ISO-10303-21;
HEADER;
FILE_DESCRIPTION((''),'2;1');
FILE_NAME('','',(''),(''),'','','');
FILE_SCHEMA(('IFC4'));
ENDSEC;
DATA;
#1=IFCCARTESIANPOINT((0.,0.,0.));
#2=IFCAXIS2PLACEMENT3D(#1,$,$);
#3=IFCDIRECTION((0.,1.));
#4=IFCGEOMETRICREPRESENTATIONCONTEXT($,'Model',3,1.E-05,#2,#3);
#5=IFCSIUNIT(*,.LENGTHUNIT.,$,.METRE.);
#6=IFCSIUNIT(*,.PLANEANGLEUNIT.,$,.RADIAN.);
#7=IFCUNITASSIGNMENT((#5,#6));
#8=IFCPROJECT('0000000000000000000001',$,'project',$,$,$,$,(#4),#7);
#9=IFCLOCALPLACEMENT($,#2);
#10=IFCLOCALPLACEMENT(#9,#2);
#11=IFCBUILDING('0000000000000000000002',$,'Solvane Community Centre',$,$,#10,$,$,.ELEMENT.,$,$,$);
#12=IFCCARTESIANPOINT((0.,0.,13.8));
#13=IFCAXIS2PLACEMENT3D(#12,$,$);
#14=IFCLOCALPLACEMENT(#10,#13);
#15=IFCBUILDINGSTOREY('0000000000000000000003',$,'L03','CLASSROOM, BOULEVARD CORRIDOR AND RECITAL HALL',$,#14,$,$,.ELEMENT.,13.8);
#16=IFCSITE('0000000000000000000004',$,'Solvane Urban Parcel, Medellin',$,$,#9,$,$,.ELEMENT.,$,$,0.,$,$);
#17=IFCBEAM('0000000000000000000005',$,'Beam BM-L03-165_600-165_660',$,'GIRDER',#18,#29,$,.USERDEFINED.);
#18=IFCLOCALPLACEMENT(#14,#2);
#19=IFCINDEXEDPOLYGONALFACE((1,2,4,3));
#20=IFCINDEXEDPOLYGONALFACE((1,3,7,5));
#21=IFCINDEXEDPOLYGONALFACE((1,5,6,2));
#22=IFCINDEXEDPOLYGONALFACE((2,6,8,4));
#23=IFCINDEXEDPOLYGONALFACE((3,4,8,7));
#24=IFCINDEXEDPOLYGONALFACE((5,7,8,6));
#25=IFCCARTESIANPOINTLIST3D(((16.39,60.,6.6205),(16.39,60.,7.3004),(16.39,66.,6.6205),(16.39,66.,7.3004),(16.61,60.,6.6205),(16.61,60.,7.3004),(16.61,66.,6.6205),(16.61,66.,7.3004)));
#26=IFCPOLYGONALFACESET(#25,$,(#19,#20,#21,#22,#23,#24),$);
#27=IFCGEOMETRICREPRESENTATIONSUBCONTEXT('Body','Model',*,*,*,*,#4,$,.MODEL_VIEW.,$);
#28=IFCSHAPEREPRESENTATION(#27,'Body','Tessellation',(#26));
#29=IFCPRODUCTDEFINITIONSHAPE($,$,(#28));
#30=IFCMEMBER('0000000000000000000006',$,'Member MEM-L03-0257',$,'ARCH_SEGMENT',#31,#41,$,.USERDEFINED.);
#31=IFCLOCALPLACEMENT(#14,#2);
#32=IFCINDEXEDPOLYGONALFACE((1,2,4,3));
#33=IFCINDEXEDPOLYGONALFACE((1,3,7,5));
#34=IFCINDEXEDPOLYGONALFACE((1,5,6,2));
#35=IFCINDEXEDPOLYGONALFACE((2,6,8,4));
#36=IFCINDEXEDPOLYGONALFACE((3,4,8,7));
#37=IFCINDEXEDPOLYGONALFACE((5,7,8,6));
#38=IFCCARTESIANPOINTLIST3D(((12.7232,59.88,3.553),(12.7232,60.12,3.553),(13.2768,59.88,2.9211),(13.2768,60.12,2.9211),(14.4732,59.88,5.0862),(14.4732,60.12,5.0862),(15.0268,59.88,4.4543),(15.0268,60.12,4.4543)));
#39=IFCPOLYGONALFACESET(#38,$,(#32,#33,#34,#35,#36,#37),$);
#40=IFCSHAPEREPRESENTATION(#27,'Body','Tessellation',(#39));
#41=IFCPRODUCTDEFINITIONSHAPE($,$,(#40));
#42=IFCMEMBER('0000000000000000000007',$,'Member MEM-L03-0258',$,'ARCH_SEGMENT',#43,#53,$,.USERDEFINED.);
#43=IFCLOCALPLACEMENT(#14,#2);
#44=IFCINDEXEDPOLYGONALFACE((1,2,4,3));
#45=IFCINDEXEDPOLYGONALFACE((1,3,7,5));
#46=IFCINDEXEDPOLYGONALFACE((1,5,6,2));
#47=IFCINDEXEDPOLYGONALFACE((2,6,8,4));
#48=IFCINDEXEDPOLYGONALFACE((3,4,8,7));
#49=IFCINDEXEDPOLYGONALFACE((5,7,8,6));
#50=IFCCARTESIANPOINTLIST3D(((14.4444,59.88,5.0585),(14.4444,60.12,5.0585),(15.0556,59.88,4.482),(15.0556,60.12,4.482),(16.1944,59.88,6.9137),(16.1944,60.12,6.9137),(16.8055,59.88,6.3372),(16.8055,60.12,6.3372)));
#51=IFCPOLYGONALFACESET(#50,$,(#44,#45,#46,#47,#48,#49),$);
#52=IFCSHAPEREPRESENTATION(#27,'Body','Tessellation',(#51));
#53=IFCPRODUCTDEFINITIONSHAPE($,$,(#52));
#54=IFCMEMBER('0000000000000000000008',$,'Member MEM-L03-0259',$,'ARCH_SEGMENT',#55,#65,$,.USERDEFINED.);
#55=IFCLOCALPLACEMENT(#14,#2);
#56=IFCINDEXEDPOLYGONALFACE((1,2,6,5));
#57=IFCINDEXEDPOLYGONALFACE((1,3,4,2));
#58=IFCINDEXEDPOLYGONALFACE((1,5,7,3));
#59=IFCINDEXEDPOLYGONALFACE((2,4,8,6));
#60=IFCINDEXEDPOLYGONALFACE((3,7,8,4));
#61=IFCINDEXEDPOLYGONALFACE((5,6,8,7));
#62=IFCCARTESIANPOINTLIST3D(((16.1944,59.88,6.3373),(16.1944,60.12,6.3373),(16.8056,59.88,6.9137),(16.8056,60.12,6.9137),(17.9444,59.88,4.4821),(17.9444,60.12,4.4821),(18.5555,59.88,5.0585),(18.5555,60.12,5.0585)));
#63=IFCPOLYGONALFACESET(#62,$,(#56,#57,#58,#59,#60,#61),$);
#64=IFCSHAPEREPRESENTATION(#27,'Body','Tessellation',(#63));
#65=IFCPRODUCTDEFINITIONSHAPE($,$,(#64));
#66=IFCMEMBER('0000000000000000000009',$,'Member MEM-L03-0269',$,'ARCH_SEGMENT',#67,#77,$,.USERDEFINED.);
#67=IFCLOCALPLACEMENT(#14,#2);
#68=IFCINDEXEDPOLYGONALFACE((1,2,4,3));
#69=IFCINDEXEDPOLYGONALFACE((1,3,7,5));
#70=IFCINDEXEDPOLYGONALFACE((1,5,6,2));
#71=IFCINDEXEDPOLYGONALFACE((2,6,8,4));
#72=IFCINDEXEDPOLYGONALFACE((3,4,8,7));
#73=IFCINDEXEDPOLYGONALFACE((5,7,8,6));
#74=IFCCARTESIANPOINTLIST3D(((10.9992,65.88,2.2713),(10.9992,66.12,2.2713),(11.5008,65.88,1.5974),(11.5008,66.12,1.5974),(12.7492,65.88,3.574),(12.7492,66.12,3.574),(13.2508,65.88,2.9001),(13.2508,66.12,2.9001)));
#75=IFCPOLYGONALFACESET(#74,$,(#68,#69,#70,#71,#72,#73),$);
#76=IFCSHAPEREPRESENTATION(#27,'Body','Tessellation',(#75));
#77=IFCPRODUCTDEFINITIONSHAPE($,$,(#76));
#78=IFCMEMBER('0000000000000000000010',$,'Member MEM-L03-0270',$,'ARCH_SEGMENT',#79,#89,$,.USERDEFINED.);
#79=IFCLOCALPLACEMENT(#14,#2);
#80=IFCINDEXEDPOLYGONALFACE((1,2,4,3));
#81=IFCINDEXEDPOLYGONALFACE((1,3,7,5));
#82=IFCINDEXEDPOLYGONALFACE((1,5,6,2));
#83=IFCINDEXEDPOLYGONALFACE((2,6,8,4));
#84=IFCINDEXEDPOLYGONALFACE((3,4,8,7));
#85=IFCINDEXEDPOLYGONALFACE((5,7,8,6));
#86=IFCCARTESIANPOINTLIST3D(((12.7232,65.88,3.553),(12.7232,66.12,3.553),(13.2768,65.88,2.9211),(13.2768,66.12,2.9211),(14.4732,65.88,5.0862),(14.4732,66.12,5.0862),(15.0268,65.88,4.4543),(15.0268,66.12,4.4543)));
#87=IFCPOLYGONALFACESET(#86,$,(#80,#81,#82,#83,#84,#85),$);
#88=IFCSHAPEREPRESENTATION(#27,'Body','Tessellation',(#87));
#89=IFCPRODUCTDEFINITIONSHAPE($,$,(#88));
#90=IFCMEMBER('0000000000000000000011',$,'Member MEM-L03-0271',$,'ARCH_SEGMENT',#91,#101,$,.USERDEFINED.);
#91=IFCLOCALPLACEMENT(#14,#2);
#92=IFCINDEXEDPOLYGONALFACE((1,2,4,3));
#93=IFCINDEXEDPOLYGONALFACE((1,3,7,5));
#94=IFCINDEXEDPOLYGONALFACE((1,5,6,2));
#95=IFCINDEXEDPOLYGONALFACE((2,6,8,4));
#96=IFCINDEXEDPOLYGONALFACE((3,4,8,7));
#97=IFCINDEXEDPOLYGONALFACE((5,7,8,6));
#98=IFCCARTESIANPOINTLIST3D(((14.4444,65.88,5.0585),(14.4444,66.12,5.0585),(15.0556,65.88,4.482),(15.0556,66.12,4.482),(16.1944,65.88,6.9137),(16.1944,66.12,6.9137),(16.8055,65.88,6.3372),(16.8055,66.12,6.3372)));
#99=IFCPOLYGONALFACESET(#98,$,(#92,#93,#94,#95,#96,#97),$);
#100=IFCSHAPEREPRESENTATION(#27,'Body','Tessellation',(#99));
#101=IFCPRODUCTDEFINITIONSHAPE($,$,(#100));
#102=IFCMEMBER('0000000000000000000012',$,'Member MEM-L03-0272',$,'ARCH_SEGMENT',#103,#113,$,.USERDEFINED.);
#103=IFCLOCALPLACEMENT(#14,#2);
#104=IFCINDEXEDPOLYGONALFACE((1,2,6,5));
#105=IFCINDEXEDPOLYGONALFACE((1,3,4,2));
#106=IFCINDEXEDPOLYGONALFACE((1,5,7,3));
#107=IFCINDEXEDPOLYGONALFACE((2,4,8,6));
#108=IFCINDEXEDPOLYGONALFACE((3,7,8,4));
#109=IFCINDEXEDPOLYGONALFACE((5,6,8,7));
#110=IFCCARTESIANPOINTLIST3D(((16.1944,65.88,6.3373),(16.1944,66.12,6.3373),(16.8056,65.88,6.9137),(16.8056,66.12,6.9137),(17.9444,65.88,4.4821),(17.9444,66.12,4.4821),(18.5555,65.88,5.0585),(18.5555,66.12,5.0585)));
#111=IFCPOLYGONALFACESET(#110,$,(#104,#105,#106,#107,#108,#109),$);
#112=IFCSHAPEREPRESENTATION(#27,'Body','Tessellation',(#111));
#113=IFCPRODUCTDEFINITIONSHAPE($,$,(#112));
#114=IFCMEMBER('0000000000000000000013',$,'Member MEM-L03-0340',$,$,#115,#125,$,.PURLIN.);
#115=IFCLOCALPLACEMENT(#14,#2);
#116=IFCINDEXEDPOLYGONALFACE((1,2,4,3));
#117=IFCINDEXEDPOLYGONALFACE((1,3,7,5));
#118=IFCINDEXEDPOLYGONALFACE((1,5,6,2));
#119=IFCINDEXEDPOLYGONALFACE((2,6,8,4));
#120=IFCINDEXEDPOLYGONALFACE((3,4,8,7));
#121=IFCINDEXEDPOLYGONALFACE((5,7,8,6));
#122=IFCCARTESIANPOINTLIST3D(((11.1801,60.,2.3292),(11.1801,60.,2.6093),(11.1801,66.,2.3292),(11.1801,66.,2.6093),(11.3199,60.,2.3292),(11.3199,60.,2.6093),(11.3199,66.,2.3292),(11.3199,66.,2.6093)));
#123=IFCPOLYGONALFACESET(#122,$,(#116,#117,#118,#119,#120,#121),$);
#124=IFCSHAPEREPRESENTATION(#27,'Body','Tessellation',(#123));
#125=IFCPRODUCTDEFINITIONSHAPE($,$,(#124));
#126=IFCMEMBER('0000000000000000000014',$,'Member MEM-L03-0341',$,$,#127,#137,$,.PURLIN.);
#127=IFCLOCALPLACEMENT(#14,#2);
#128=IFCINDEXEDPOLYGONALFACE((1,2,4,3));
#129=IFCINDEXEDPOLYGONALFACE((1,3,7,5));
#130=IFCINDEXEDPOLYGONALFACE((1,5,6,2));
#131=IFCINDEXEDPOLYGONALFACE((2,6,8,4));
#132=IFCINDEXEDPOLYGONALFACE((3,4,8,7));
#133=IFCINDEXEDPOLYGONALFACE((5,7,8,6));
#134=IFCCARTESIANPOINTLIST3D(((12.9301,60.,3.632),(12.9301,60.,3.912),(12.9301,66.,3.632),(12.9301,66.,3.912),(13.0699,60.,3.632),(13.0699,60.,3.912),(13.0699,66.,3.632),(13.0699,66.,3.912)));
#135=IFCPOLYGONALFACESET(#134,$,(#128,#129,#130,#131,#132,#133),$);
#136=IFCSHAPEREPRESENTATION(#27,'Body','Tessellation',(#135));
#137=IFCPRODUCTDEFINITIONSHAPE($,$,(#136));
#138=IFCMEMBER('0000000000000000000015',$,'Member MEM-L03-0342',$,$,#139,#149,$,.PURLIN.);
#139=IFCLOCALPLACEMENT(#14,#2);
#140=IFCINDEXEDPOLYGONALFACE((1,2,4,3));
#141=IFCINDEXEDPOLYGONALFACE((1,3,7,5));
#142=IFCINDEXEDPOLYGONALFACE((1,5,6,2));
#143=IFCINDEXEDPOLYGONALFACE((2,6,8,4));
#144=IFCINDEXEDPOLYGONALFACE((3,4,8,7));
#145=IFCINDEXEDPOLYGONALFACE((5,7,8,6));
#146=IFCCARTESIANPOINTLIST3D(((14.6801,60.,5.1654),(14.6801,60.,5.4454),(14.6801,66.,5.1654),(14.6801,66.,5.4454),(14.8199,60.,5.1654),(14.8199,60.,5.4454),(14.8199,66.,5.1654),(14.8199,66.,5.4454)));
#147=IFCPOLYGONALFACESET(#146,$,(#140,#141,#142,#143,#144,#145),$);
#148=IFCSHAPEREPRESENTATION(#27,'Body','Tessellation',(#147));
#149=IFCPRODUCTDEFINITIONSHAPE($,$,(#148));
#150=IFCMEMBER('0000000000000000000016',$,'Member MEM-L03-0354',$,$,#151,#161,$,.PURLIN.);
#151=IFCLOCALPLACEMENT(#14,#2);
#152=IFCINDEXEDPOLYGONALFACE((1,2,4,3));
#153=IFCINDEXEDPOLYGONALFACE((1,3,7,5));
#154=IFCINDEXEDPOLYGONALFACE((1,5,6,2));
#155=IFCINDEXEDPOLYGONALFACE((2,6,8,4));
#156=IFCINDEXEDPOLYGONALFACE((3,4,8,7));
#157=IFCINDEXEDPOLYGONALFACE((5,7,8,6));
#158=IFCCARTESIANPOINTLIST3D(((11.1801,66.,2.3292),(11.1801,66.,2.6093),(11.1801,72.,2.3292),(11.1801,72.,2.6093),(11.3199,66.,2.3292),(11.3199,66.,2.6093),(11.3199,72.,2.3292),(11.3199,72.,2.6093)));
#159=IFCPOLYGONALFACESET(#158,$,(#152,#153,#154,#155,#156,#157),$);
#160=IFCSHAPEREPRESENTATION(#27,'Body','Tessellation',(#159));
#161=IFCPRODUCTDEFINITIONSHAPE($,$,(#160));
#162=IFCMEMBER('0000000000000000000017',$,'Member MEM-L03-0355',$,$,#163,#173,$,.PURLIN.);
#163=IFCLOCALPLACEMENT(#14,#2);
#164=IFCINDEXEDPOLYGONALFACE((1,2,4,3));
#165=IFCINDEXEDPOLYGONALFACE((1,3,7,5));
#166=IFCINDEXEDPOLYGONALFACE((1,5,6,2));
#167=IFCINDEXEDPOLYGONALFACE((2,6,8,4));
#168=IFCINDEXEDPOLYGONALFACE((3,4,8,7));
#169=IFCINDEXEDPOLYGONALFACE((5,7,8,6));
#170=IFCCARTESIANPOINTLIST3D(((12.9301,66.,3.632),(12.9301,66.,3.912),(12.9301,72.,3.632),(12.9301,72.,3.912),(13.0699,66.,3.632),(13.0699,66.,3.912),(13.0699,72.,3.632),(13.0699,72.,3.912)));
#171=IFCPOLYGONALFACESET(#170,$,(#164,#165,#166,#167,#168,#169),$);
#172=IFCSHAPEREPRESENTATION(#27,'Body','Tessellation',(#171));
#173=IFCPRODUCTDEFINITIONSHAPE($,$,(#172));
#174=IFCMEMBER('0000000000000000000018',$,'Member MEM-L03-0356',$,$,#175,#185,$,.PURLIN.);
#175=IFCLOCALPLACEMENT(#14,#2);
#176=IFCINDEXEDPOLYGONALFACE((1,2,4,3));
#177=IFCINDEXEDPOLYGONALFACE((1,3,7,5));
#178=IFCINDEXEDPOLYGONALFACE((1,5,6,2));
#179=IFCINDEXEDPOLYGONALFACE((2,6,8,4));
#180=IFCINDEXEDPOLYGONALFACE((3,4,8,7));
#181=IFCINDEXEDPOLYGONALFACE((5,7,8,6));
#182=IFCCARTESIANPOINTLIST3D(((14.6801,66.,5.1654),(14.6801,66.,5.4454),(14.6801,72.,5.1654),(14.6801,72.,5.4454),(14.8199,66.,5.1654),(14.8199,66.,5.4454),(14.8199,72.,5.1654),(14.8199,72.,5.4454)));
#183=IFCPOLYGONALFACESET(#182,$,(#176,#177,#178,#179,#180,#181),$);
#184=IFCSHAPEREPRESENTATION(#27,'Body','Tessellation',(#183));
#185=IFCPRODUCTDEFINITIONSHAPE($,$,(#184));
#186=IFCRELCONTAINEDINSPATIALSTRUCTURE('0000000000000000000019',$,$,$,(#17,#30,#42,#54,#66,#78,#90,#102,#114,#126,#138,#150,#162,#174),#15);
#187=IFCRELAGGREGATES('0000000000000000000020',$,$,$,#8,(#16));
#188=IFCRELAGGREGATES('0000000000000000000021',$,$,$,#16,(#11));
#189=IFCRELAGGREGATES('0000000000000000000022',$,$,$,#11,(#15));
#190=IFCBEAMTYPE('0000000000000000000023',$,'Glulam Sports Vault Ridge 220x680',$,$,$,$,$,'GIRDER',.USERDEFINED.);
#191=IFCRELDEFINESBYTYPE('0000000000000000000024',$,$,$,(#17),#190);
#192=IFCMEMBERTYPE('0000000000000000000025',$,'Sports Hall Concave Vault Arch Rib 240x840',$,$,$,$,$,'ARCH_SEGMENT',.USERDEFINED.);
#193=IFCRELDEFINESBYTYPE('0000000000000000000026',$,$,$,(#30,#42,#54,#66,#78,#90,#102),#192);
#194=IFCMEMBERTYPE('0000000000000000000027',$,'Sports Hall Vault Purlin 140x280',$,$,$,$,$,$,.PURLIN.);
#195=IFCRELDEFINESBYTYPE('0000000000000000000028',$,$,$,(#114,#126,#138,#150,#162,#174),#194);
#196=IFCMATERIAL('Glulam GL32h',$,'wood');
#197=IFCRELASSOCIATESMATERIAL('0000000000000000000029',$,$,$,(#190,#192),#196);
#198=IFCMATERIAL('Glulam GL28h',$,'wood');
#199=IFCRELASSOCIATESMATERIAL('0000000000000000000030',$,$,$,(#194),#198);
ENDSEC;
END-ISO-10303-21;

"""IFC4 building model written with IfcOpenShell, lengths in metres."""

from ifc_helpers import new_model, si_unit, direction, frame, origin, origin_2d, place, context, subcontext, project, spatial, rectangle, extrude, material, material_profile, profile_set, type_object, element, save


model = new_model("IFC4")

# Units and contexts
model_context = context("Model", 3, precision=1e-05, world=origin(), true_north=direction((0.0, 1.0)))
body_context = subcontext(model_context, "Body", "Model", "MODEL_VIEW")
ifc_project = project(units=[si_unit("LENGTHUNIT", "METRE"), si_unit("PLANEANGLEUNIT", "RADIAN")], contexts=[model_context])

# Site, building, storey
site_placement = place(None, origin())
site = spatial("IfcSite", under=ifc_project, at=site_placement, Name="Solvane Urban Parcel, Medellin", CompositionType="ELEMENT", RefElevation=0.0)
building_placement = place(site_placement, origin())
building = spatial("IfcBuilding", under=site, at=building_placement, Name="Solvane Community Centre", CompositionType="ELEMENT")
storey_placement = place(building_placement, frame((0.0, 0.0, 13.8)))
storey = spatial("IfcBuildingStorey", under=building, at=storey_placement, Name="L03", Description="CLASSROOM, BOULEVARD CORRIDOR AND RECITAL HALL", CompositionType="ELEMENT", Elevation=13.8)

# Beam
ifc_material_1 = material(Name="Glulam GL32h", Category="wood")
ifc_material_profile_1 = material_profile(ifc_material_1, rectangle(XDim=0.22, YDim=0.6799, at=origin_2d()), Name="GL32h 220x680")
ifc_profile_set_1 = profile_set([ifc_material_profile_1], Name="Glulam GL32h")
beam_type = type_object("IfcBeamType", Name="Glulam Sports Vault Ridge 220x680", ElementType="GIRDER", PredefinedType="USERDEFINED", material=ifc_profile_set_1)
beam_placement = place(storey_placement, frame((16.5, 60.0, 6.9604), z_axis=(0.0, 1.0, 0.0), x_axis=(-1.0, 0.0, 0.0)))
element("IfcBeam", 1, at=beam_placement, inside=storey, type_object=beam_type, Name="Beam BM-L03-165_600-165_660", ObjectType="GIRDER", PredefinedType="USERDEFINED", context=body_context, shape_type="SweptSolid", body=[
    extrude(rectangle(XDim=0.22, YDim=0.6799, at=origin_2d()), origin(), (0.0, 0.0, 1.0), 6.0),
])

# Members
ifc_material_profile_2 = material_profile(ifc_material_1, rectangle(XDim=0.24, YDim=0.8401, at=origin_2d()), Name="GL32h 240x840")
ifc_profile_set_2 = profile_set([ifc_material_profile_2], Name="Glulam GL32h")
member_type_1 = type_object("IfcMemberType", Name="Sports Hall Concave Vault Arch Rib 240x840", ElementType="ARCH_SEGMENT", PredefinedType="USERDEFINED", material=ifc_profile_set_2)
member_1_placement = place(storey_placement, frame((13.0, 60.0, 3.2371), z_axis=(0.752161, 0.0, 0.65898), x_axis=(0.0, 1.0, 0.0)))
element("IfcMember", 2, at=member_1_placement, inside=storey, type_object=member_type_1, Name="Member MEM-L03-0257", ObjectType="ARCH_SEGMENT", PredefinedType="USERDEFINED", context=body_context, shape_type="SweptSolid", body=[
    extrude(rectangle(XDim=0.24, YDim=0.8401, at=origin_2d()), origin(), (0.0, 0.0, 1.0), 2.3267),
])
for number, where, z_axis, x_axis, name in (
    (3, (14.75, 60.0, 4.7703), (0.686176, 0.0, 0.727435), (0.0, 1.0, 0.0), "Member MEM-L03-0258"),
    (4, (16.5, 60.0, 6.6255), (0.686176, 0.0, -0.727435), (0.0, 1.0, 0.0), "Member MEM-L03-0259"),
):
    element("IfcMember", number, at=place(storey_placement, frame(where, z_axis=z_axis, x_axis=x_axis)), inside=storey, type_object=member_type_1, Name=name, ObjectType="ARCH_SEGMENT", PredefinedType="USERDEFINED", context=body_context, shape_type="SweptSolid", body=[
        extrude(rectangle(XDim=0.24, YDim=0.8401, at=origin_2d()), origin(), (0.0, 0.0, 1.0), 2.5503),
    ])
member_2_placement = place(storey_placement, frame((11.25, 66.0, 1.9343), z_axis=(0.802143, 0.0, 0.597131), x_axis=(0.0, 1.0, 0.0)))
element("IfcMember", 5, at=member_2_placement, inside=storey, type_object=member_type_1, Name="Member MEM-L03-0269", ObjectType="ARCH_SEGMENT", PredefinedType="USERDEFINED", context=body_context, shape_type="SweptSolid", body=[
    extrude(rectangle(XDim=0.24, YDim=0.8401, at=origin_2d()), origin(), (0.0, 0.0, 1.0), 2.1816),
])
member_3_placement = place(storey_placement, frame((13.0, 66.0, 3.2371), z_axis=(0.752161, 0.0, 0.65898), x_axis=(0.0, 1.0, 0.0)))
element("IfcMember", 6, at=member_3_placement, inside=storey, type_object=member_type_1, Name="Member MEM-L03-0270", ObjectType="ARCH_SEGMENT", PredefinedType="USERDEFINED", context=body_context, shape_type="SweptSolid", body=[
    extrude(rectangle(XDim=0.24, YDim=0.8401, at=origin_2d()), origin(), (0.0, 0.0, 1.0), 2.3267),
])
for number, where, z_axis, x_axis, name in (
    (7, (14.75, 66.0, 4.7703), (0.686176, 0.0, 0.727435), (0.0, 1.0, 0.0), "Member MEM-L03-0271"),
    (8, (16.5, 66.0, 6.6255), (0.686176, 0.0, -0.727435), (0.0, 1.0, 0.0), "Member MEM-L03-0272"),
):
    element("IfcMember", number, at=place(storey_placement, frame(where, z_axis=z_axis, x_axis=x_axis)), inside=storey, type_object=member_type_1, Name=name, ObjectType="ARCH_SEGMENT", PredefinedType="USERDEFINED", context=body_context, shape_type="SweptSolid", body=[
        extrude(rectangle(XDim=0.24, YDim=0.8401, at=origin_2d()), origin(), (0.0, 0.0, 1.0), 2.5503),
    ])
ifc_material_2 = material(Name="Glulam GL28h", Category="wood")
ifc_material_profile_3 = material_profile(ifc_material_2, rectangle(XDim=0.1399, YDim=0.28, at=origin_2d()), Name="GL28h 140x280")
ifc_profile_set_3 = profile_set([ifc_material_profile_3], Name="Glulam GL28h")
member_type_2 = type_object("IfcMemberType", Name="Sports Hall Vault Purlin 140x280", PredefinedType="PURLIN", material=ifc_profile_set_3)
for number, where, z_axis, x_axis, name in (
    (9, (11.25, 60.0, 2.4692), (0.0, 1.0, 0.0), (-1.0, 0.0, 0.0), "Member MEM-L03-0340"),
    (10, (13.0, 60.0, 3.772), (0.0, 1.0, 0.0), (-1.0, 0.0, 0.0), "Member MEM-L03-0341"),
    (11, (14.75, 60.0, 5.3054), (0.0, 1.0, 0.0), (-1.0, 0.0, 0.0), "Member MEM-L03-0342"),
    (12, (11.25, 66.0, 2.4692), (0.0, 1.0, 0.0), (-1.0, 0.0, 0.0), "Member MEM-L03-0354"),
    (13, (13.0, 66.0, 3.772), (0.0, 1.0, 0.0), (-1.0, 0.0, 0.0), "Member MEM-L03-0355"),
    (14, (14.75, 66.0, 5.3054), (0.0, 1.0, 0.0), (-1.0, 0.0, 0.0), "Member MEM-L03-0356"),
):
    element("IfcMember", number, at=place(storey_placement, frame(where, z_axis=z_axis, x_axis=x_axis)), inside=storey, type_object=member_type_2, Name=name, PredefinedType="PURLIN", context=body_context, shape_type="SweptSolid", body=[
        extrude(rectangle(XDim=0.1399, YDim=0.28, at=origin_2d()), origin(), (0.0, 0.0, 1.0), 6.0),
    ])

save(model, "model.ifc")
